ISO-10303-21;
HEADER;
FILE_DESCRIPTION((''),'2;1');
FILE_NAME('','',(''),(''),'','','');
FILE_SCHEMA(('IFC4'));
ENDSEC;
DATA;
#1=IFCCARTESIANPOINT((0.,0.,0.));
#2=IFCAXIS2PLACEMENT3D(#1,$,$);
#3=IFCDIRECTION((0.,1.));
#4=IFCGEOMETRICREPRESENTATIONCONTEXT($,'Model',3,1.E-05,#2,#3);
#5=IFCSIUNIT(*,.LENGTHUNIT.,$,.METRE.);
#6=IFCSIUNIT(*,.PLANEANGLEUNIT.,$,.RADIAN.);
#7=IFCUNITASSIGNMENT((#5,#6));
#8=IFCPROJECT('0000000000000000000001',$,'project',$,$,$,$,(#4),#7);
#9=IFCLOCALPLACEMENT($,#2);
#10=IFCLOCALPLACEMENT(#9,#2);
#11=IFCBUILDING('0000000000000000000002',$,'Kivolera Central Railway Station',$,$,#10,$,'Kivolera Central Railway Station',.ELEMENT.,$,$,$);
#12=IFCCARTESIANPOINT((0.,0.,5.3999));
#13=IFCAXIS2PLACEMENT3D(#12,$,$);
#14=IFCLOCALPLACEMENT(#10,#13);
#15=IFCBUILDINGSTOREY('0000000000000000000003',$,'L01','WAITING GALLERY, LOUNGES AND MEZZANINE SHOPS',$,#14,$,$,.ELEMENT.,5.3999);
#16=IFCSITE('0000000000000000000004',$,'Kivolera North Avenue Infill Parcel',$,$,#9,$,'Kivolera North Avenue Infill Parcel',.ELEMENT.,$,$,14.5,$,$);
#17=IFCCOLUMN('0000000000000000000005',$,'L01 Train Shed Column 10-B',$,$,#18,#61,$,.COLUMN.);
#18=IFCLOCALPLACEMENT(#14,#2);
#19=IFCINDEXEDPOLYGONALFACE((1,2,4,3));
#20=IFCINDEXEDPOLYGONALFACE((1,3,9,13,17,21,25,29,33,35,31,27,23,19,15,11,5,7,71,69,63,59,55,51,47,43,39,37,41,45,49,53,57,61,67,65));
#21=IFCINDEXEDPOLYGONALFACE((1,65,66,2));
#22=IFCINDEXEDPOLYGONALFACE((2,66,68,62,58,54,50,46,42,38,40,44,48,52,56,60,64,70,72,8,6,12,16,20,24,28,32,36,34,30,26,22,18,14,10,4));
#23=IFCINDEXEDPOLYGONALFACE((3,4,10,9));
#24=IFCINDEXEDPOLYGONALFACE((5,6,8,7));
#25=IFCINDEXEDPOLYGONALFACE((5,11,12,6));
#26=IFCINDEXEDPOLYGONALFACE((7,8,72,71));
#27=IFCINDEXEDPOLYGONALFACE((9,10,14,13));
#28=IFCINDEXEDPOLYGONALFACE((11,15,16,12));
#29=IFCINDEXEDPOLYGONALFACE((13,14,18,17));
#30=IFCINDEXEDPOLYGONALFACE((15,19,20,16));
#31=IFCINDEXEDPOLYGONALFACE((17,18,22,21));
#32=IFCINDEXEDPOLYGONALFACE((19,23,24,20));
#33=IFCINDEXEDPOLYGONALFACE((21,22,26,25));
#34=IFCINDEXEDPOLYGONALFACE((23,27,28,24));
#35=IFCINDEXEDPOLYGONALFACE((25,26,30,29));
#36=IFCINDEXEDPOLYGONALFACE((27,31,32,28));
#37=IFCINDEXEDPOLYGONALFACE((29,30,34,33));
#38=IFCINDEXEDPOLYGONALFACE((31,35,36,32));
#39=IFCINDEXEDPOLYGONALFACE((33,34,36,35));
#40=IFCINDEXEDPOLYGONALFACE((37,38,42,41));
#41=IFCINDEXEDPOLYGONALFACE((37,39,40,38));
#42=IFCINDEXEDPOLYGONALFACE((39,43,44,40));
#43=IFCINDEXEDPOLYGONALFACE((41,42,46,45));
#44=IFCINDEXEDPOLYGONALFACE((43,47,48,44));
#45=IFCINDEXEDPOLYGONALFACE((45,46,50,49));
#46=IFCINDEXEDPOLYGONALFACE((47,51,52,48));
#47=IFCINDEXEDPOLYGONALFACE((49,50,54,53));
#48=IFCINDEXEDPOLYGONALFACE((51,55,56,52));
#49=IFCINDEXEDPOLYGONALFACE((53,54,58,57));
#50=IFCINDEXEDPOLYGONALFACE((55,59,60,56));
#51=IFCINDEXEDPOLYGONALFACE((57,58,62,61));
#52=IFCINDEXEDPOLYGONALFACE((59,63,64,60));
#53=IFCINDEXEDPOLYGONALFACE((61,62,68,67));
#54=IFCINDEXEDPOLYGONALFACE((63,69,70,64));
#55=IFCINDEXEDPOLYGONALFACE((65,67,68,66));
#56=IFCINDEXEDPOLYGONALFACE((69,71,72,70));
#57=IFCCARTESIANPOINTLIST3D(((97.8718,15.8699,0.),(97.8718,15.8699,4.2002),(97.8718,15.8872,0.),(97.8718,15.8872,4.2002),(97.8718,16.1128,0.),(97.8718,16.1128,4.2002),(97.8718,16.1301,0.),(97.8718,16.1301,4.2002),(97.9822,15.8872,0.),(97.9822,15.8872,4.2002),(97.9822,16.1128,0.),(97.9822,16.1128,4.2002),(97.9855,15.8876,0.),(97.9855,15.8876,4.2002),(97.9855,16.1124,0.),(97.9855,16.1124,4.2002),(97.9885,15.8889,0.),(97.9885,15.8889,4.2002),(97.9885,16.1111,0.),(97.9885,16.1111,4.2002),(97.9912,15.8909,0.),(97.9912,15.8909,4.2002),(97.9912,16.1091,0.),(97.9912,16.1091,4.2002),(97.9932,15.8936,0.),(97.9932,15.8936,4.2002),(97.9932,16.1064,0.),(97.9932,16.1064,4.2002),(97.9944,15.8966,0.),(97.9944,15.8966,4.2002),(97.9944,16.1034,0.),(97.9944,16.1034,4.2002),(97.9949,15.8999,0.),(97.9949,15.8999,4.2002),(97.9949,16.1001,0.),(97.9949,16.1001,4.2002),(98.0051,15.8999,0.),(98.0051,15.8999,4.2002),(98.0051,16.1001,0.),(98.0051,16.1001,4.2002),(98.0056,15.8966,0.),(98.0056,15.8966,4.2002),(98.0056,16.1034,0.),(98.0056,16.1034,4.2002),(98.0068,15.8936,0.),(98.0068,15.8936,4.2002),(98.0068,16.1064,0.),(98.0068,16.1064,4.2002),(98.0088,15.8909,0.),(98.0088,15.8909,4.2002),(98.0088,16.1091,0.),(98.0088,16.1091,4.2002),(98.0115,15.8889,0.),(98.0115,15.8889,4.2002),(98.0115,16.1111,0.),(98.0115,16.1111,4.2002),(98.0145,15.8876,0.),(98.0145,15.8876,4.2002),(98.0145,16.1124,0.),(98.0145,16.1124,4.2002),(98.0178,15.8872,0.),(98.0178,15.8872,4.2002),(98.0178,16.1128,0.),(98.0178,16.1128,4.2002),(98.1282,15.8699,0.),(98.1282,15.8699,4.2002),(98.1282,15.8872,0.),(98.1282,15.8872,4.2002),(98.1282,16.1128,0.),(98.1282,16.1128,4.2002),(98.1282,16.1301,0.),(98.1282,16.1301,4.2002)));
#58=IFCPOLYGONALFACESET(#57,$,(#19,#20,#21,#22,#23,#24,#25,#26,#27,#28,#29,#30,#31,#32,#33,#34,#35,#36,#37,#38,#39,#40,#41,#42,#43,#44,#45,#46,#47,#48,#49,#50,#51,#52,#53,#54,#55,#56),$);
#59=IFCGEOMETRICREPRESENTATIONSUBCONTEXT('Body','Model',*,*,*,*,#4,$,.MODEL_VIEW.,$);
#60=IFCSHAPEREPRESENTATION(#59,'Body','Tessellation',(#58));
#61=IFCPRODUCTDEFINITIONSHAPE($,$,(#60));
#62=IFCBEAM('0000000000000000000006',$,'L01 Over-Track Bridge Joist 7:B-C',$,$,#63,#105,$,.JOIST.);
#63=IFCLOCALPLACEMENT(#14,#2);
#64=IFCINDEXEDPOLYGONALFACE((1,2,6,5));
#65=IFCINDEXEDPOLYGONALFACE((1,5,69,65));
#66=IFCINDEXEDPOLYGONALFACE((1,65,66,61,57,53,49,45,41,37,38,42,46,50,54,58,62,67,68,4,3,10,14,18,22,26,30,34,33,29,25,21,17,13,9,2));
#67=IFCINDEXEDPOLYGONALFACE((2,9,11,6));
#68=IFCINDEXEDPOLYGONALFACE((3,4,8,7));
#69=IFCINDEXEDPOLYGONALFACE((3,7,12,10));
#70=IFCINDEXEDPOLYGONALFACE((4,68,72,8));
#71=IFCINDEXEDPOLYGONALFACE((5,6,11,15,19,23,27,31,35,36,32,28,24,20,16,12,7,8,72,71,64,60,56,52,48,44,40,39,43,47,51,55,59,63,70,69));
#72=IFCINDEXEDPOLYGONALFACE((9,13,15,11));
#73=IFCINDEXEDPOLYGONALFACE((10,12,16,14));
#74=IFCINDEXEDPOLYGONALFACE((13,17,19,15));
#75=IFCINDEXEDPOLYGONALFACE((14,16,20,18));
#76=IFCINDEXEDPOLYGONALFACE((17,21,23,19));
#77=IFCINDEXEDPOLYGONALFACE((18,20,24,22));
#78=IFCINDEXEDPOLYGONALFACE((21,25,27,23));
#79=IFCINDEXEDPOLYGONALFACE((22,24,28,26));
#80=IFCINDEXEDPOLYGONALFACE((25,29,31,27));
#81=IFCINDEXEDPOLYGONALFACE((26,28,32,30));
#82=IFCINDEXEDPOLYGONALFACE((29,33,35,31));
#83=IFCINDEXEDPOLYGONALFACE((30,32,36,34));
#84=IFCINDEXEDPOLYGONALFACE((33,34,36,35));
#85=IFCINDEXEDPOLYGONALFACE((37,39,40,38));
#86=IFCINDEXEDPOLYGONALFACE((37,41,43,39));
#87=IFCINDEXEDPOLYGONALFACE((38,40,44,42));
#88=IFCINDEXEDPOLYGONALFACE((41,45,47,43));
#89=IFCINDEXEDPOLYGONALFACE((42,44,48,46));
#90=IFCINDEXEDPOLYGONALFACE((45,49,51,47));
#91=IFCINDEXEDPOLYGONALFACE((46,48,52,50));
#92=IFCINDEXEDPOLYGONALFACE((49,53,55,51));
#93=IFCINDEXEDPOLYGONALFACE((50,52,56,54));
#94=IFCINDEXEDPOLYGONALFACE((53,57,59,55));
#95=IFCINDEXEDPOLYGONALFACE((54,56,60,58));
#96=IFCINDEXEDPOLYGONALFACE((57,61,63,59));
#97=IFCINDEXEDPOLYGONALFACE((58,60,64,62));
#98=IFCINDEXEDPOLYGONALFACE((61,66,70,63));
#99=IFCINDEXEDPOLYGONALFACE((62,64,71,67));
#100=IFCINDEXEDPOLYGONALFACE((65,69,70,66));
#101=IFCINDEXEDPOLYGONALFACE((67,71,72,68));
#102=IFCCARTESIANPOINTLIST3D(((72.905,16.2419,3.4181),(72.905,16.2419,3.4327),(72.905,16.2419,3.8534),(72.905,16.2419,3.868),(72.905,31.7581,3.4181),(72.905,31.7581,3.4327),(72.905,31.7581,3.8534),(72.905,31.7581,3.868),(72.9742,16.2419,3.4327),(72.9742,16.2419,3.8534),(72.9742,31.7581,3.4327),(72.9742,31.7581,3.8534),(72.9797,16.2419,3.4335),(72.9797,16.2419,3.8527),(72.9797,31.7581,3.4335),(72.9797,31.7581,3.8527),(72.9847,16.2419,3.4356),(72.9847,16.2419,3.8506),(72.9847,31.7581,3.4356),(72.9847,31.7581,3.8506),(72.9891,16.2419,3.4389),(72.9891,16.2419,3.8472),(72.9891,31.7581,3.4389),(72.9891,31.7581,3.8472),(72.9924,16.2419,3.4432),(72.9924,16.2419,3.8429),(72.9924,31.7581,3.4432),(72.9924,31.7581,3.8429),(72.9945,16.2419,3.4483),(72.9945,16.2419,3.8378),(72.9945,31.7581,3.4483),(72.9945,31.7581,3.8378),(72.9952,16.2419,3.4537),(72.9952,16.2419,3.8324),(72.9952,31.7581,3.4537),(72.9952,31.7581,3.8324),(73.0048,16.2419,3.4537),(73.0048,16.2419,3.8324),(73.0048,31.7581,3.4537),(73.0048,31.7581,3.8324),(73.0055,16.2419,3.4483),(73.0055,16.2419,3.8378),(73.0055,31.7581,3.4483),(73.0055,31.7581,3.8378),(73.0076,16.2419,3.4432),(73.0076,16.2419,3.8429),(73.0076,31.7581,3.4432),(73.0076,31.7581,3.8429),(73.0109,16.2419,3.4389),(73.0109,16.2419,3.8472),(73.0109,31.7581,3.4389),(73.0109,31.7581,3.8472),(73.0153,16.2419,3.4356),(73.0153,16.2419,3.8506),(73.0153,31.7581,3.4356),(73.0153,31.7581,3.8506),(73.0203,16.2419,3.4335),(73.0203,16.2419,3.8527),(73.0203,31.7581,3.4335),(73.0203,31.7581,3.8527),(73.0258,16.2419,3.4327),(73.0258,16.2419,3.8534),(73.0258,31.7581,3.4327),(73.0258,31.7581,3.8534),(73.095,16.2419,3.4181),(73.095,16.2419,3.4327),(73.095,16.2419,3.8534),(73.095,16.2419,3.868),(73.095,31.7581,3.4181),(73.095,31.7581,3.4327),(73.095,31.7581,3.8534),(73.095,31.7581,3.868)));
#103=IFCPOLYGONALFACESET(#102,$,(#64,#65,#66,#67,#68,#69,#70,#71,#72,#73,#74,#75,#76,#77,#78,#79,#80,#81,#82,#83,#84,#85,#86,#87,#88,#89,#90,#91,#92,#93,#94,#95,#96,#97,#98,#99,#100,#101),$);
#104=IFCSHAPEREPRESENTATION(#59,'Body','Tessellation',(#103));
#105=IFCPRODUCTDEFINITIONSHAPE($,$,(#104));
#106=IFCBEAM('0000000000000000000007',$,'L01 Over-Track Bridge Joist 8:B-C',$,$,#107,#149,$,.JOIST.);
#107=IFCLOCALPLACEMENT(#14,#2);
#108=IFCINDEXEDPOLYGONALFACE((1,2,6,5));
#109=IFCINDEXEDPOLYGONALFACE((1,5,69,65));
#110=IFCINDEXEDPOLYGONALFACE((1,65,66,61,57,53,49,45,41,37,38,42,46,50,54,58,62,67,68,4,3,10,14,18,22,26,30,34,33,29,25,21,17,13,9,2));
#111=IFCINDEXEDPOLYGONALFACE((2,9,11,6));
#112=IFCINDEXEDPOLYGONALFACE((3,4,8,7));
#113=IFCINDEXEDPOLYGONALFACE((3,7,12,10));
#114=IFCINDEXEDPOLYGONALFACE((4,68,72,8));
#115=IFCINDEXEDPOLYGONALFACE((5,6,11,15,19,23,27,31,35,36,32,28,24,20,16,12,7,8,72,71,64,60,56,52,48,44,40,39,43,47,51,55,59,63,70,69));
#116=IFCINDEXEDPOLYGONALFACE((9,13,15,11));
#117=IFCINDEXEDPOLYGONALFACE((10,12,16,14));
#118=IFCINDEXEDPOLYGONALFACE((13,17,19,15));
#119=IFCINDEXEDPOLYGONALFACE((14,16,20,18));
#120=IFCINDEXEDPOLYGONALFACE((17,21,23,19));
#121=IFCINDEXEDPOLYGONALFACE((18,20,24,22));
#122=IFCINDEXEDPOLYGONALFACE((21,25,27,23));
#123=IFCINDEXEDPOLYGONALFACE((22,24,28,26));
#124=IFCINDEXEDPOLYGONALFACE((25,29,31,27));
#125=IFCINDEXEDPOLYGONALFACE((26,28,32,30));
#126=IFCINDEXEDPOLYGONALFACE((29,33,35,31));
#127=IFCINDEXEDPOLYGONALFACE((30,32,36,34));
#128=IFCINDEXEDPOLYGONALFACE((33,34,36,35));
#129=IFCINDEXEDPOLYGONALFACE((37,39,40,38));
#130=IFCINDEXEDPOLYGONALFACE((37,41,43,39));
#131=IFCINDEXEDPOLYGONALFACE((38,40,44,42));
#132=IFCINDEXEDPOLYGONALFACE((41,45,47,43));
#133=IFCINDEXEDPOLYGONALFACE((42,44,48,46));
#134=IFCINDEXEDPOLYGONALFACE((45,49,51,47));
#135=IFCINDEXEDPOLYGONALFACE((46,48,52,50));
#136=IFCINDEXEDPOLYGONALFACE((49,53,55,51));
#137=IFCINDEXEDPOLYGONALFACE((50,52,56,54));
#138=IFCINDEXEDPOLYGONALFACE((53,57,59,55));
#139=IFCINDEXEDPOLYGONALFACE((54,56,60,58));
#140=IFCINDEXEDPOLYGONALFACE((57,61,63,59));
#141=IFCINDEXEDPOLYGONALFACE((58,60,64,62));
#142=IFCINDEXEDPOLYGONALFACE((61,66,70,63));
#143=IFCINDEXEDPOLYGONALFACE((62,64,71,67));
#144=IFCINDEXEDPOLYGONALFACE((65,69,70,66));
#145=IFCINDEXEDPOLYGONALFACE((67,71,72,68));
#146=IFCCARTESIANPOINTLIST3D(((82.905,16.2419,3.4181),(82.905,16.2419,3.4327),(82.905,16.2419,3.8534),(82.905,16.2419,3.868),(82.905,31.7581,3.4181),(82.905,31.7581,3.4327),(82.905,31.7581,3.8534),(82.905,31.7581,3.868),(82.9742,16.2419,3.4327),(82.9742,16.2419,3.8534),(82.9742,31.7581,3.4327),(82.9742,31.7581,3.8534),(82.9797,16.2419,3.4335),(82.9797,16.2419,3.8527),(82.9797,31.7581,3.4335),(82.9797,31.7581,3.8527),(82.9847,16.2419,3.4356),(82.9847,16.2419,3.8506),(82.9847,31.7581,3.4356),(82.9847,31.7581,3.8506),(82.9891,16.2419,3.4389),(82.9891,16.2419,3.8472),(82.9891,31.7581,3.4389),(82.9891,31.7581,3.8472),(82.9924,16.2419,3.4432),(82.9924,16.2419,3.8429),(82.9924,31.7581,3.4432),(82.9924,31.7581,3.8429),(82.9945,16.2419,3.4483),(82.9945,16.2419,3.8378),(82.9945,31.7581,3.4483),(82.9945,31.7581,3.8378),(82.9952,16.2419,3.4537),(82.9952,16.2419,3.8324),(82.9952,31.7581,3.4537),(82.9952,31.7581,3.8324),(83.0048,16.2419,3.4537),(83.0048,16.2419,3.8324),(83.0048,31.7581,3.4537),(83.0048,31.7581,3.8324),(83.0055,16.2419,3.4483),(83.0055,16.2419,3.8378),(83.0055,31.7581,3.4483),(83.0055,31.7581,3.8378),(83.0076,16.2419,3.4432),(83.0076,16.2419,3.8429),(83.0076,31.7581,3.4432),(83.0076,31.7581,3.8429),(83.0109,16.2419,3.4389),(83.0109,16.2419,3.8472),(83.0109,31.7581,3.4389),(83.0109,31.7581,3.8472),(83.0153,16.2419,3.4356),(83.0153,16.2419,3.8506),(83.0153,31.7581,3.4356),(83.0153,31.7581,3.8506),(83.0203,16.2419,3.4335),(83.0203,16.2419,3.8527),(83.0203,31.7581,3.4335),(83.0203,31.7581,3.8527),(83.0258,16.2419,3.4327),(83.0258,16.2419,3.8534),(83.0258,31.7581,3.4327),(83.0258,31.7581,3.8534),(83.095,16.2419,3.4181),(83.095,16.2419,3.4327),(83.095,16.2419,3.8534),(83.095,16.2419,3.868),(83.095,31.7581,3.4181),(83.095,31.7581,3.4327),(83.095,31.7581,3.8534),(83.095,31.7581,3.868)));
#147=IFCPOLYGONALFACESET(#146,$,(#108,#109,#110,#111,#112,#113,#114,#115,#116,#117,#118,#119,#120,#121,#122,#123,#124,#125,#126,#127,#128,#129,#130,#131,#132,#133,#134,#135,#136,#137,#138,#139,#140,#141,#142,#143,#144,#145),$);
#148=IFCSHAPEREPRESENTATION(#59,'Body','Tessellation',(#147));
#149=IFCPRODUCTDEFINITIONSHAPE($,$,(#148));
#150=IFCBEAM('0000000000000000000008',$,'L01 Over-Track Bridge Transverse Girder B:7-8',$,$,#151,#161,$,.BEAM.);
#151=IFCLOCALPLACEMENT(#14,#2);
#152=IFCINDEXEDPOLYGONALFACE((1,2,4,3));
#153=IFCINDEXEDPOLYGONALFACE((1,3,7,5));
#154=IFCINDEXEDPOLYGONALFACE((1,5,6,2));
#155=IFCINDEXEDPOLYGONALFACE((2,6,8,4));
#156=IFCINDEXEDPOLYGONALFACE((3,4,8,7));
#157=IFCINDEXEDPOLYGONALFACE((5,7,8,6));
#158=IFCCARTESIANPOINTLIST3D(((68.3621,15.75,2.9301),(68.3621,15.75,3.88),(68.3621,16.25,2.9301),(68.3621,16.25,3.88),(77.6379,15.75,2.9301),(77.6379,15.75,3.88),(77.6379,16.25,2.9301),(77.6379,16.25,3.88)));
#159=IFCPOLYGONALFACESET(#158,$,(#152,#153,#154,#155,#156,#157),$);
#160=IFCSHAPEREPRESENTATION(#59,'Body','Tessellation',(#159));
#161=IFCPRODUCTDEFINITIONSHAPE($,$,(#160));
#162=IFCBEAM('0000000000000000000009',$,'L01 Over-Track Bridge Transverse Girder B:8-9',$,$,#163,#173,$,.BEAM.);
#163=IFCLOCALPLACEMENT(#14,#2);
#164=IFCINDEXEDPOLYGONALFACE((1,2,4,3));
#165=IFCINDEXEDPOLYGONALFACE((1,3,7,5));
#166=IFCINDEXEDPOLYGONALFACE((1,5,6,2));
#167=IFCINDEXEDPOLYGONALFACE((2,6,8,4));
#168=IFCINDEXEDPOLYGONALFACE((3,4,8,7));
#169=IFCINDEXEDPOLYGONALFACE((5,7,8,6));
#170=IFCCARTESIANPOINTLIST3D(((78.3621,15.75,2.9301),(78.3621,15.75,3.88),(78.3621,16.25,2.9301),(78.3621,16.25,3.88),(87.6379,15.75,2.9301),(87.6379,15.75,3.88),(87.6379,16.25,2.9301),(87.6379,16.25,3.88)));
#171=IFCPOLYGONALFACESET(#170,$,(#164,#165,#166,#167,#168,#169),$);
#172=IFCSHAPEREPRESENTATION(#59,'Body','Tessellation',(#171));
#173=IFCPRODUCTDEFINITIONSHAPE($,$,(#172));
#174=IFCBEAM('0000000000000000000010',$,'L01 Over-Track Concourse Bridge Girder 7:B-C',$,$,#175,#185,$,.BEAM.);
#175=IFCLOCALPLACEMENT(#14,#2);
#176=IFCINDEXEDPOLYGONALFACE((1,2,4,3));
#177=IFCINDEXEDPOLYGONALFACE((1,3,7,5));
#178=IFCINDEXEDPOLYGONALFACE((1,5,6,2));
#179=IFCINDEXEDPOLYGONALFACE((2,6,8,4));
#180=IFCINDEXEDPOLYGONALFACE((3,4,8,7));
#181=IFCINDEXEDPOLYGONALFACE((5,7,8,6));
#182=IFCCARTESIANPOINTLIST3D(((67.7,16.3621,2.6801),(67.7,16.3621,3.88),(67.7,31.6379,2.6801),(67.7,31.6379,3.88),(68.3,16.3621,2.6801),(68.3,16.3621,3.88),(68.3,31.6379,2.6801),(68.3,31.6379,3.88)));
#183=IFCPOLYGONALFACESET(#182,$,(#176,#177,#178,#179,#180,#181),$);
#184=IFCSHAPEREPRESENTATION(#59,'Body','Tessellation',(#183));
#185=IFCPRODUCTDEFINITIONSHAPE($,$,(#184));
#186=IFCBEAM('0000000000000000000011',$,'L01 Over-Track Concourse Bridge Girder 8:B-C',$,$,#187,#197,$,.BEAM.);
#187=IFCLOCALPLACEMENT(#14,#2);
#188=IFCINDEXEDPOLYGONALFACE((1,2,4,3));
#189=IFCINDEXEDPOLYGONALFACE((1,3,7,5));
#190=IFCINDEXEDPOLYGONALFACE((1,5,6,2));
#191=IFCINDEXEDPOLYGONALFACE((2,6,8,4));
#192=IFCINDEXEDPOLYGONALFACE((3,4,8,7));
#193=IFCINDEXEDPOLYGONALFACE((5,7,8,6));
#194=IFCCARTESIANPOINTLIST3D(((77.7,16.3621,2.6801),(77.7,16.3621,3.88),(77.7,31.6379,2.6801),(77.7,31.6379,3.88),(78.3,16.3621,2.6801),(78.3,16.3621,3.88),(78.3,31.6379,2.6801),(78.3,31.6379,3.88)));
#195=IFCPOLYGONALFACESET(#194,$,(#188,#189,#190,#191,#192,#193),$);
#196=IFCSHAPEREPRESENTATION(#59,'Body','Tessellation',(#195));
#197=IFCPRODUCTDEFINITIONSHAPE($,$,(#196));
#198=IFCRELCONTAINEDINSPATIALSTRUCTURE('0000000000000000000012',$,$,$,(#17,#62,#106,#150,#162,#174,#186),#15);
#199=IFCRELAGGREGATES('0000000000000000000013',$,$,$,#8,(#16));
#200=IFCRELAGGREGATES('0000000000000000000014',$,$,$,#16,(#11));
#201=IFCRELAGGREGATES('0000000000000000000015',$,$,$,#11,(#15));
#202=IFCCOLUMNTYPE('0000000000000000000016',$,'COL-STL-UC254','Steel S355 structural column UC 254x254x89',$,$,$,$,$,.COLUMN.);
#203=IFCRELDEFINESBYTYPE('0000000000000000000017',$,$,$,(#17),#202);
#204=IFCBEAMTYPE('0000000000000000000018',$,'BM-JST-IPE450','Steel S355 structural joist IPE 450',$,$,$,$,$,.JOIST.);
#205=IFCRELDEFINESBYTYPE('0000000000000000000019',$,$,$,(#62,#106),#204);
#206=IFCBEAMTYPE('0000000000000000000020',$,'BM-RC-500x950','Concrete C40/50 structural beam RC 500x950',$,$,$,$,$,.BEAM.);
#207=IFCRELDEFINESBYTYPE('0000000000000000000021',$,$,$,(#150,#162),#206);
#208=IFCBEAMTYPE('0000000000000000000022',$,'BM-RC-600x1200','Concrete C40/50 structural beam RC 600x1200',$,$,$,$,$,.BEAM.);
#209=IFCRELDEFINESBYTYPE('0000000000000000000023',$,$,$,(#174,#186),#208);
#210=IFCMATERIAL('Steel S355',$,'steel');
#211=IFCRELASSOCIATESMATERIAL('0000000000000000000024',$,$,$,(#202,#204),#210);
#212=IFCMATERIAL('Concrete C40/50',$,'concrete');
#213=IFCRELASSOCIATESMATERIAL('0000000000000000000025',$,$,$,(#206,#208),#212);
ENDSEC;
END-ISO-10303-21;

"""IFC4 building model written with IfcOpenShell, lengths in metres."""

from ifc_helpers import new_model, si_unit, direction, frame, origin, origin_2d, place, context, subcontext, project, spatial, rectangle, i_section, extrude, material, material_profile, profile_set, type_object, element, save


model = new_model("IFC4")

# Units and contexts
model_context = context("Model", 3, precision=1e-05, world=origin(), true_north=direction((0.0, 1.0)))
body_context = subcontext(model_context, "Body", "Model", "MODEL_VIEW")
ifc_project = project(units=[si_unit("LENGTHUNIT", "METRE"), si_unit("PLANEANGLEUNIT", "RADIAN")], contexts=[model_context])

# Site, building, storey
site_placement = place(None, origin())
site = spatial("IfcSite", under=ifc_project, at=site_placement, Name="Kivolera North Avenue Infill Parcel", LongName="Kivolera North Avenue Infill Parcel", CompositionType="ELEMENT", RefElevation=14.5)
building_placement = place(site_placement, origin())
building = spatial("IfcBuilding", under=site, at=building_placement, Name="Kivolera Central Railway Station", LongName="Kivolera Central Railway Station", CompositionType="ELEMENT")
storey_placement = place(building_placement, frame((0.0, 0.0, 5.3999)))
storey = spatial("IfcBuildingStorey", under=building, at=storey_placement, Name="L01", Description="WAITING GALLERY, LOUNGES AND MEZZANINE SHOPS", CompositionType="ELEMENT", Elevation=5.3999)

# Column
ifc_material_1 = material(Name="Concrete C40/50", Category="concrete")
ifc_material_2 = material(Name="Steel S355", Category="steel")
ifc_material_profile_1 = material_profile(ifc_material_2, i_section(OverallWidth=0.2563, OverallDepth=0.2603, WebThickness=0.0103, FlangeThickness=0.0173, FilletRadius=0.0127, at=origin_2d()), Name="UC 254x254x89")
ifc_profile_set_1 = profile_set([ifc_material_profile_1], Name="Steel S355")
column_type_1 = type_object("IfcColumnType", Name="COL-STL-UC254", Description="Steel S355 structural column UC 254x254x89", PredefinedType="COLUMN", material=ifc_profile_set_1)
for number, where, z_axis, x_axis, name in (
    (1, (98.0, 16.0, 0.0), (0.0, 0.0, 1.0), (1.0, 0.0, 0.0), "L01 Train Shed Column 10-B"),
):
    element("IfcColumn", number, at=place(storey_placement, frame(where, z_axis=z_axis, x_axis=x_axis)), inside=storey, type_object=column_type_1, Name=name, PredefinedType="COLUMN", context=body_context, shape_type="SweptSolid", body=[
        extrude(i_section(OverallWidth=0.2563, OverallDepth=0.2603, WebThickness=0.0103, FlangeThickness=0.0173, FilletRadius=0.0127, at=origin_2d()), origin(), (0.0, 0.0, 1.0), 4.2002),
    ])

# Beams
ifc_material_profile_2 = material_profile(ifc_material_2, i_section(OverallWidth=0.1899, OverallDepth=0.45, WebThickness=0.0095, FlangeThickness=0.0146, FilletRadius=0.021, at=origin_2d()), Name="IPE 450")
ifc_profile_set_2 = profile_set([ifc_material_profile_2], Name="Steel S355")
beam_type_1 = type_object("IfcBeamType", Name="BM-JST-IPE450", Description="Steel S355 structural joist IPE 450", PredefinedType="JOIST", material=ifc_profile_set_2)
for number, where, z_axis, x_axis, name in (
    (2, (73.0, 16.2419, 3.6431), (0.0, 1.0, 0.0), (-1.0, 0.0, 0.0), "L01 Over-Track Bridge Joist 7:B-C"),
    (3, (83.0, 16.2419, 3.6431), (0.0, 1.0, 0.0), (-1.0, 0.0, 0.0), "L01 Over-Track Bridge Joist 8:B-C"),
):
    element("IfcBeam", number, at=place(storey_placement, frame(where, z_axis=z_axis, x_axis=x_axis)), inside=storey, type_object=beam_type_1, Name=name, PredefinedType="JOIST", context=body_context, shape_type="SweptSolid", body=[
        extrude(i_section(OverallWidth=0.1899, OverallDepth=0.45, WebThickness=0.0095, FlangeThickness=0.0146, FilletRadius=0.021, at=origin_2d()), origin(), (0.0, 0.0, 1.0), 15.5161),
    ])
ifc_material_profile_3 = material_profile(ifc_material_1, rectangle(XDim=0.5, YDim=0.95, at=origin_2d()), Name="RC 500x950")
ifc_profile_set_3 = profile_set([ifc_material_profile_3], Name="Concrete C40/50")
beam_type_2 = type_object("IfcBeamType", Name="BM-RC-500x950", Description="Concrete C40/50 structural beam RC 500x950", PredefinedType="BEAM", material=ifc_profile_set_3)
for number, where, z_axis, x_axis, name in (
    (4, (68.3621, 16.0, 3.405), (1.0, 0.0, 0.0), (0.0, 1.0, 0.0), "L01 Over-Track Bridge Transverse Girder B:7-8"),
    (5, (78.3621, 16.0, 3.405), (1.0, 0.0, 0.0), (0.0, 1.0, 0.0), "L01 Over-Track Bridge Transverse Girder B:8-9"),
):
    element("IfcBeam", number, at=place(storey_placement, frame(where, z_axis=z_axis, x_axis=x_axis)), inside=storey, type_object=beam_type_2, Name=name, PredefinedType="BEAM", context=body_context, shape_type="SweptSolid", body=[
        extrude(rectangle(XDim=0.5, YDim=0.95, at=origin_2d()), origin(), (0.0, 0.0, 1.0), 9.2759),
    ])
ifc_material_profile_4 = material_profile(ifc_material_1, rectangle(XDim=0.6001, YDim=1.2, at=origin_2d()), Name="RC 600x1200")
ifc_profile_set_4 = profile_set([ifc_material_profile_4], Name="Concrete C40/50")
beam_type_3 = type_object("IfcBeamType", Name="BM-RC-600x1200", Description="Concrete C40/50 structural beam RC 600x1200", PredefinedType="BEAM", material=ifc_profile_set_4)
for number, where, z_axis, x_axis, name in (
    (6, (68.0, 16.3621, 3.28), (0.0, 1.0, 0.0), (-1.0, 0.0, 0.0), "L01 Over-Track Concourse Bridge Girder 7:B-C"),
    (7, (78.0, 16.3621, 3.28), (0.0, 1.0, 0.0), (-1.0, 0.0, 0.0), "L01 Over-Track Concourse Bridge Girder 8:B-C"),
):
    element("IfcBeam", number, at=place(storey_placement, frame(where, z_axis=z_axis, x_axis=x_axis)), inside=storey, type_object=beam_type_3, Name=name, PredefinedType="BEAM", context=body_context, shape_type="SweptSolid", body=[
        extrude(rectangle(XDim=0.6001, YDim=1.2, at=origin_2d()), origin(), (0.0, 0.0, 1.0), 15.2759),
    ])

save(model, "model.ifc")
